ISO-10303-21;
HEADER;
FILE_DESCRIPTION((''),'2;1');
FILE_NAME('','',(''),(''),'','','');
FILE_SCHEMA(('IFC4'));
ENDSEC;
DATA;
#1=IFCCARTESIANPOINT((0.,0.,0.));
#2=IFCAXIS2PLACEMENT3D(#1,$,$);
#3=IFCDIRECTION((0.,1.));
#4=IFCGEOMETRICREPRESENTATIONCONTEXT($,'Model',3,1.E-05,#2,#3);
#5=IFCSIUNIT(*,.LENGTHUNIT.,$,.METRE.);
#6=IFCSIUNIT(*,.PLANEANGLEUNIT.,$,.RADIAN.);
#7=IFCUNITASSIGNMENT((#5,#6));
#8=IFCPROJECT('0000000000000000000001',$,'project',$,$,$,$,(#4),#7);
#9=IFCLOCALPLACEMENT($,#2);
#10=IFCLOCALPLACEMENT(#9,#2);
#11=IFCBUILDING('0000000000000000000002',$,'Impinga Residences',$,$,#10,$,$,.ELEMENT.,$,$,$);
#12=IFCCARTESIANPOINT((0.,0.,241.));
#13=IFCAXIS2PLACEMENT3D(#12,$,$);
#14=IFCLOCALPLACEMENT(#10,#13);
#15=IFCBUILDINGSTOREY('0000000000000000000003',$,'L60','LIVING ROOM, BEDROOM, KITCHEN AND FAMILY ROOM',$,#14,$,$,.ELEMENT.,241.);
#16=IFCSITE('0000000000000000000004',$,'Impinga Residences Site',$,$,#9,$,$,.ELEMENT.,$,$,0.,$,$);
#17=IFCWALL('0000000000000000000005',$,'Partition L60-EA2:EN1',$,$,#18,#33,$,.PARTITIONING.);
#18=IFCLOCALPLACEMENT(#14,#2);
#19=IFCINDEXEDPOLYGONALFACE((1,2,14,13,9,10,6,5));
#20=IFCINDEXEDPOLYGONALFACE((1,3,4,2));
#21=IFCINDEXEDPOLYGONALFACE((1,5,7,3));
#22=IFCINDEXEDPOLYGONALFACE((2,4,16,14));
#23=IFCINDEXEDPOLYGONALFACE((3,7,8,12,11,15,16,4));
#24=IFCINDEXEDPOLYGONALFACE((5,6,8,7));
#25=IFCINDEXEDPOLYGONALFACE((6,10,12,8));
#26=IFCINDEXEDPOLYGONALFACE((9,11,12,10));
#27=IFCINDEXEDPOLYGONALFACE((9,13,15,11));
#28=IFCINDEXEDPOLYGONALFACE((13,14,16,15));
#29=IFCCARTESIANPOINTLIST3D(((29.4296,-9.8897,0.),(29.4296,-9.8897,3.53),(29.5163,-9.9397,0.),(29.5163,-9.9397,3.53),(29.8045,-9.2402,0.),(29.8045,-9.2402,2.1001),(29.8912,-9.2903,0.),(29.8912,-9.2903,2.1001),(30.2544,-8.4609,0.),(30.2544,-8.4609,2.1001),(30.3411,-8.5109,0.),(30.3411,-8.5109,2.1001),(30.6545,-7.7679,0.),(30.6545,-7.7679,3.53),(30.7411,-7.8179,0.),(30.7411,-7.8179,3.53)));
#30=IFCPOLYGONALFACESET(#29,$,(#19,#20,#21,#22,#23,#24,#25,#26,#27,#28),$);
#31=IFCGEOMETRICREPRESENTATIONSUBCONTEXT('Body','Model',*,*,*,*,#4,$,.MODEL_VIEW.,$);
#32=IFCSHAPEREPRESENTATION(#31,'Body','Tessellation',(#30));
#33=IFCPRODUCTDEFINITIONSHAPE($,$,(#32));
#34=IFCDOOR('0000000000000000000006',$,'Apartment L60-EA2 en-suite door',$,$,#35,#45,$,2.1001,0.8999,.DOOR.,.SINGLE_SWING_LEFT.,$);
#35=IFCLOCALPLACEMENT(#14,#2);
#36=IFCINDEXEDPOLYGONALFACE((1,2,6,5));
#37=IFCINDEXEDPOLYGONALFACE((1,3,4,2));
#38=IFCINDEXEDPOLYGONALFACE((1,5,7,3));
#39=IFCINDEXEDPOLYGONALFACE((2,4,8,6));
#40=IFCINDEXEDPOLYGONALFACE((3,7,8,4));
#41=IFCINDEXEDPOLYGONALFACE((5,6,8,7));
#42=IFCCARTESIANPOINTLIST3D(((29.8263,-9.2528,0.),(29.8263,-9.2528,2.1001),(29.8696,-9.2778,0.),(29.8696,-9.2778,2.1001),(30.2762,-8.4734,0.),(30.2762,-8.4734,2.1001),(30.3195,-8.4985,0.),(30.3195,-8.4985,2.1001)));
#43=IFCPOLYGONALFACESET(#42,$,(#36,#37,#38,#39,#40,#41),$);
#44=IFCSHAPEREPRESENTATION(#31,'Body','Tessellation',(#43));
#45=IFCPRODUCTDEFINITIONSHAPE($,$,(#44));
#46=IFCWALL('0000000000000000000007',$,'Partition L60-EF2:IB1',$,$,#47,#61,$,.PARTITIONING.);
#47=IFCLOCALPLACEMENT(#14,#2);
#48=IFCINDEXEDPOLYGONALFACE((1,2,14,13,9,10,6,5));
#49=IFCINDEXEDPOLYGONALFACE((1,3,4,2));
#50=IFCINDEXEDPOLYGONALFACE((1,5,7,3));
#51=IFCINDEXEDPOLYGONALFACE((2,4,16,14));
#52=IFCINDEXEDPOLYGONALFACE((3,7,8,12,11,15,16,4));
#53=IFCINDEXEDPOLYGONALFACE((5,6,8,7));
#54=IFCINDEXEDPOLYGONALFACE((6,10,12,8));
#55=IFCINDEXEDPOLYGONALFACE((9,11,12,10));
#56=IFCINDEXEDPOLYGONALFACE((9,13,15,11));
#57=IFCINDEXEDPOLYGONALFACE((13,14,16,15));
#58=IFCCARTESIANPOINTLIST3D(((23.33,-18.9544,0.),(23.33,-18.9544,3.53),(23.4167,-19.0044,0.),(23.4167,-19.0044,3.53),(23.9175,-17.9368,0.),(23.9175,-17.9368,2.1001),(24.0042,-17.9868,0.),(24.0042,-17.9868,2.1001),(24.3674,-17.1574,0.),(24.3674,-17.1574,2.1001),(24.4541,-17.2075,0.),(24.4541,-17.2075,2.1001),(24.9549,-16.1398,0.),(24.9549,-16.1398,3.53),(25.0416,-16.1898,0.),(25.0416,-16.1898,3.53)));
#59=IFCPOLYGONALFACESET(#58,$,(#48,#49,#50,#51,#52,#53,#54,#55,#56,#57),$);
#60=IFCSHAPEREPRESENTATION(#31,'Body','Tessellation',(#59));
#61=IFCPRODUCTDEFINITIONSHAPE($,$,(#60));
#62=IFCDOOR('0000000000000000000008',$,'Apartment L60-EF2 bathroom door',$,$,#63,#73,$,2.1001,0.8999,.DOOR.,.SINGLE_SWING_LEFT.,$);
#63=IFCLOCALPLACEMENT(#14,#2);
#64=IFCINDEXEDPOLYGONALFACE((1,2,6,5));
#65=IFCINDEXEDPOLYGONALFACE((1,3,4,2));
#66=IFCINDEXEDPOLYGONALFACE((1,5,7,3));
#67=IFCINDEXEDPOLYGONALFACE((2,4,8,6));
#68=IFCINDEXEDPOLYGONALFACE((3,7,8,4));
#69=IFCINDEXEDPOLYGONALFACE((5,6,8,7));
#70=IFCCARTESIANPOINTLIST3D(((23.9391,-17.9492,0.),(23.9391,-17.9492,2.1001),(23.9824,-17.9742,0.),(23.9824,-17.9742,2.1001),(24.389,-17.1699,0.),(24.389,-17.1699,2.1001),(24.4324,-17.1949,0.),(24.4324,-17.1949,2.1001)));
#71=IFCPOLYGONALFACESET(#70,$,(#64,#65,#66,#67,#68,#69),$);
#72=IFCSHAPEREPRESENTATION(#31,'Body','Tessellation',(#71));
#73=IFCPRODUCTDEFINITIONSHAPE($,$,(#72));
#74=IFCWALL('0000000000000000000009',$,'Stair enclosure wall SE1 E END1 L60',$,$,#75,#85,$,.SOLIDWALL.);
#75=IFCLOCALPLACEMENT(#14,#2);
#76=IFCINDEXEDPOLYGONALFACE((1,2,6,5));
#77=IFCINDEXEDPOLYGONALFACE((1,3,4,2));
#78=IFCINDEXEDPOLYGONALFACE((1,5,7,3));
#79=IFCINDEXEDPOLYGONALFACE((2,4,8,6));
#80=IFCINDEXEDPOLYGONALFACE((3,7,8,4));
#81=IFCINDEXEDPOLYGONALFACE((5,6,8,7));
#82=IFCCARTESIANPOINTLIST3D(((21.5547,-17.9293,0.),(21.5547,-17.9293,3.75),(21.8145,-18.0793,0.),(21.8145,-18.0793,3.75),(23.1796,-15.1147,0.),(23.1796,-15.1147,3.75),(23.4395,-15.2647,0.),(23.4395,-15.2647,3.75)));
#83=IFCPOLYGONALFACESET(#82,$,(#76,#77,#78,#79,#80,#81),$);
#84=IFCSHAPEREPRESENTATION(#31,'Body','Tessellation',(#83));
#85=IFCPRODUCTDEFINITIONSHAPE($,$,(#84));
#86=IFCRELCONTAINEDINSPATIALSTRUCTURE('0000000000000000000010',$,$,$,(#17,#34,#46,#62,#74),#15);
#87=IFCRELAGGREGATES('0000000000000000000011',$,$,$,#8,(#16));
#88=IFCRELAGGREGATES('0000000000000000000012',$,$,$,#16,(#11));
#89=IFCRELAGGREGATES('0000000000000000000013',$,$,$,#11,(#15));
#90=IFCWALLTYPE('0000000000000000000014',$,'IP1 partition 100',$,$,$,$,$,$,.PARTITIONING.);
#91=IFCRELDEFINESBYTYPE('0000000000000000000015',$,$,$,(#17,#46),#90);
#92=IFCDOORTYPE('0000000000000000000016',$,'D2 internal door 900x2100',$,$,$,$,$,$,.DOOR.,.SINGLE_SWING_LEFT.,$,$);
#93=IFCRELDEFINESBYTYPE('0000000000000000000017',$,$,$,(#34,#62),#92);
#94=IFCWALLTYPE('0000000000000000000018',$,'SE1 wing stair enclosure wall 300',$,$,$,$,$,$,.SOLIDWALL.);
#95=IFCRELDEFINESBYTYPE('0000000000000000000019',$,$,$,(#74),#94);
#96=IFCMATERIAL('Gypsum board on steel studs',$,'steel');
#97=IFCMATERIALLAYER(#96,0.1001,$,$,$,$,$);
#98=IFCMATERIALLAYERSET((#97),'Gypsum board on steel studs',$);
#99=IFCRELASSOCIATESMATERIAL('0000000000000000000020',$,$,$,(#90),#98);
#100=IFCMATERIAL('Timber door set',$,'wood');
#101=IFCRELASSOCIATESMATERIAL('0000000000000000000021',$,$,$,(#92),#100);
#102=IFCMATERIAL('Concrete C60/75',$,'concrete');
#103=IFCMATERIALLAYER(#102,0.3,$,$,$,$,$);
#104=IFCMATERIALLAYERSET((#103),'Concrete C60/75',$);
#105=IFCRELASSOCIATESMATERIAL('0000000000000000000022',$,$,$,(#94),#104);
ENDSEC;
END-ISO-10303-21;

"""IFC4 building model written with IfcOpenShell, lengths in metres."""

from ifc_helpers import new_model, si_unit, direction, frame, frame_2d, origin, place, context, subcontext, project, spatial, rectangle, extrude, material, layer, layer_set, type_object, element, fill, save


model = new_model("IFC4")

# Units and contexts
model_context = context("Model", 3, precision=1e-05, world=origin(), true_north=direction((0.0, 1.0)))
body_context = subcontext(model_context, "Body", "Model", "MODEL_VIEW")
ifc_project = project(units=[si_unit("LENGTHUNIT", "METRE"), si_unit("PLANEANGLEUNIT", "RADIAN")], contexts=[model_context])

# Site, building, storey
site_placement = place(None, origin())
site = spatial("IfcSite", under=ifc_project, at=site_placement, Name="Impinga Residences Site", CompositionType="ELEMENT", RefElevation=0.0)
building_placement = place(site_placement, origin())
building = spatial("IfcBuilding", under=site, at=building_placement, Name="Impinga Residences", CompositionType="ELEMENT")
storey_placement = place(building_placement, frame((0.0, 0.0, 241.0)))
storey = spatial("IfcBuildingStorey", under=building, at=storey_placement, Name="L60", Description="LIVING ROOM, BEDROOM, KITCHEN AND FAMILY ROOM", CompositionType="ELEMENT", Elevation=241.0)

# Shared definitions
ifc_material_1 = material(Name="Concrete C60/75", Category="concrete")

# Shared definitions
ifc_material_2 = material(Name="Timber door set", Category="wood")

# Shared definitions
ifc_material_3 = material(Name="Gypsum board on steel studs", Category="steel")
ifc_layer_1 = layer(ifc_material_3, 0.1001)
ifc_layer_set_1 = layer_set([ifc_layer_1], Name="Gypsum board on steel studs")
wall_type_1 = type_object("IfcWallType", Name="IP1 partition 100", PredefinedType="PARTITIONING", material=ifc_layer_set_1)

# Walls, openings, doors
wall_1_placement = place(storey_placement, frame((29.4729, -9.9148, 0.0), z_axis=(0.0, 0.0, 1.0), x_axis=(0.499944, 0.866058, 0.0)))
wall_1 = element("IfcWall", 1, at=wall_1_placement, inside=storey, type_object=wall_type_1, Name="Partition L60-EA2:EN1", PredefinedType="PARTITIONING", context=body_context, shape_type="SweptSolid", body=[
    extrude(rectangle(XDim=2.45, YDim=0.1001, at=frame_2d((1.2251, 0.0))), origin(), (0.0, 0.0, 1.0), 3.53),
])
opening_1_placement = place(wall_1_placement, frame((0.75, 0.0, 0.0)))
opening_1 = element("IfcOpeningElement", 2, at=opening_1_placement, cuts=wall_1, PredefinedType="OPENING", context=body_context, shape_type="SweptSolid", body=[
    extrude(rectangle(XDim=0.8999, YDim=2.1001, at=frame_2d((0.45, 1.05))), frame((0.0, 0.0601, 0.0), z_axis=(0.0, -1.0, 0.0), x_axis=(1.0, 0.0, 0.0)), (0.0, 0.0, 1.0), 0.1201),
])
door_type_1 = type_object("IfcDoorType", Name="D2 internal door 900x2100", OperationType="SINGLE_SWING_LEFT", PredefinedType="DOOR", material=ifc_material_2)
door_1_placement = place(opening_1_placement, origin())
door_1 = element("IfcDoor", 3, at=door_1_placement, inside=storey, type_object=door_type_1, Name="Apartment L60-EA2 en-suite door", OperationType="SINGLE_SWING_LEFT", OverallHeight=2.1001, OverallWidth=0.8999, PredefinedType="DOOR", context=body_context, shape_type="SweptSolid", body=[
    extrude(rectangle(XDim=0.8999, YDim=2.1001, at=frame_2d((0.45, 1.05))), frame((0.0, 0.0249, 0.0), z_axis=(0.0, -1.0, 0.0), x_axis=(1.0, 0.0, 0.0)), (0.0, 0.0, 1.0), 0.05),
])
fill(opening_1, door_1)
wall_2_placement = place(storey_placement, frame((24.9983, -16.1648, 0.0), z_axis=(0.0, 0.0, 1.0), x_axis=(-0.499985, -0.866034, 0.0)))
wall_2 = element("IfcWall", 4, at=wall_2_placement, inside=storey, type_object=wall_type_1, Name="Partition L60-EF2:IB1", PredefinedType="PARTITIONING", context=body_context, shape_type="SweptSolid", body=[
    extrude(rectangle(XDim=3.25, YDim=0.1001, at=frame_2d((1.625, 0.0))), origin(), (0.0, 0.0, 1.0), 3.53),
])
opening_2_placement = place(wall_2_placement, frame((1.175, 0.0, 0.0)))
opening_2 = element("IfcOpeningElement", 5, at=opening_2_placement, cuts=wall_2, PredefinedType="OPENING", context=body_context, shape_type="SweptSolid", body=[
    extrude(rectangle(XDim=0.8999, YDim=2.1001, at=frame_2d((0.45, 1.05))), frame((0.0, 0.0601, 0.0), z_axis=(0.0, -1.0, 0.0), x_axis=(1.0, 0.0, 0.0)), (0.0, 0.0, 1.0), 0.1201),
])
door_2_placement = place(opening_2_placement, origin())
door_2 = element("IfcDoor", 6, at=door_2_placement, inside=storey, type_object=door_type_1, Name="Apartment L60-EF2 bathroom door", OperationType="SINGLE_SWING_LEFT", OverallHeight=2.1001, OverallWidth=0.8999, PredefinedType="DOOR", context=body_context, shape_type="SweptSolid", body=[
    extrude(rectangle(XDim=0.8999, YDim=2.1001, at=frame_2d((0.45, 1.05))), frame((0.0, 0.0249, 0.0), z_axis=(0.0, -1.0, 0.0), x_axis=(1.0, 0.0, 0.0)), (0.0, 0.0, 1.0), 0.05),
])
fill(opening_2, door_2)

# Wall
ifc_layer_2 = layer(ifc_material_1, 0.3)
ifc_layer_set_2 = layer_set([ifc_layer_2], Name="Concrete C60/75")
wall_type_2 = type_object("IfcWallType", Name="SE1 wing stair enclosure wall 300", PredefinedType="SOLIDWALL", material=ifc_layer_set_2)
wall_3_placement = place(storey_placement, frame((23.3096, -15.1897, 0.0), z_axis=(0.0, 0.0, 1.0), x_axis=(-0.499985, -0.866034, 0.0)))
element("IfcWall", 7, at=wall_3_placement, inside=storey, type_object=wall_type_2, Name="Stair enclosure wall SE1 E END1 L60", PredefinedType="SOLIDWALL", context=body_context, shape_type="SweptSolid", body=[
    extrude(rectangle(XDim=3.25, YDim=0.3, at=frame_2d((1.625, 0.0))), origin(), (0.0, 0.0, 1.0), 3.75),
])

save(model, "model.ifc")
